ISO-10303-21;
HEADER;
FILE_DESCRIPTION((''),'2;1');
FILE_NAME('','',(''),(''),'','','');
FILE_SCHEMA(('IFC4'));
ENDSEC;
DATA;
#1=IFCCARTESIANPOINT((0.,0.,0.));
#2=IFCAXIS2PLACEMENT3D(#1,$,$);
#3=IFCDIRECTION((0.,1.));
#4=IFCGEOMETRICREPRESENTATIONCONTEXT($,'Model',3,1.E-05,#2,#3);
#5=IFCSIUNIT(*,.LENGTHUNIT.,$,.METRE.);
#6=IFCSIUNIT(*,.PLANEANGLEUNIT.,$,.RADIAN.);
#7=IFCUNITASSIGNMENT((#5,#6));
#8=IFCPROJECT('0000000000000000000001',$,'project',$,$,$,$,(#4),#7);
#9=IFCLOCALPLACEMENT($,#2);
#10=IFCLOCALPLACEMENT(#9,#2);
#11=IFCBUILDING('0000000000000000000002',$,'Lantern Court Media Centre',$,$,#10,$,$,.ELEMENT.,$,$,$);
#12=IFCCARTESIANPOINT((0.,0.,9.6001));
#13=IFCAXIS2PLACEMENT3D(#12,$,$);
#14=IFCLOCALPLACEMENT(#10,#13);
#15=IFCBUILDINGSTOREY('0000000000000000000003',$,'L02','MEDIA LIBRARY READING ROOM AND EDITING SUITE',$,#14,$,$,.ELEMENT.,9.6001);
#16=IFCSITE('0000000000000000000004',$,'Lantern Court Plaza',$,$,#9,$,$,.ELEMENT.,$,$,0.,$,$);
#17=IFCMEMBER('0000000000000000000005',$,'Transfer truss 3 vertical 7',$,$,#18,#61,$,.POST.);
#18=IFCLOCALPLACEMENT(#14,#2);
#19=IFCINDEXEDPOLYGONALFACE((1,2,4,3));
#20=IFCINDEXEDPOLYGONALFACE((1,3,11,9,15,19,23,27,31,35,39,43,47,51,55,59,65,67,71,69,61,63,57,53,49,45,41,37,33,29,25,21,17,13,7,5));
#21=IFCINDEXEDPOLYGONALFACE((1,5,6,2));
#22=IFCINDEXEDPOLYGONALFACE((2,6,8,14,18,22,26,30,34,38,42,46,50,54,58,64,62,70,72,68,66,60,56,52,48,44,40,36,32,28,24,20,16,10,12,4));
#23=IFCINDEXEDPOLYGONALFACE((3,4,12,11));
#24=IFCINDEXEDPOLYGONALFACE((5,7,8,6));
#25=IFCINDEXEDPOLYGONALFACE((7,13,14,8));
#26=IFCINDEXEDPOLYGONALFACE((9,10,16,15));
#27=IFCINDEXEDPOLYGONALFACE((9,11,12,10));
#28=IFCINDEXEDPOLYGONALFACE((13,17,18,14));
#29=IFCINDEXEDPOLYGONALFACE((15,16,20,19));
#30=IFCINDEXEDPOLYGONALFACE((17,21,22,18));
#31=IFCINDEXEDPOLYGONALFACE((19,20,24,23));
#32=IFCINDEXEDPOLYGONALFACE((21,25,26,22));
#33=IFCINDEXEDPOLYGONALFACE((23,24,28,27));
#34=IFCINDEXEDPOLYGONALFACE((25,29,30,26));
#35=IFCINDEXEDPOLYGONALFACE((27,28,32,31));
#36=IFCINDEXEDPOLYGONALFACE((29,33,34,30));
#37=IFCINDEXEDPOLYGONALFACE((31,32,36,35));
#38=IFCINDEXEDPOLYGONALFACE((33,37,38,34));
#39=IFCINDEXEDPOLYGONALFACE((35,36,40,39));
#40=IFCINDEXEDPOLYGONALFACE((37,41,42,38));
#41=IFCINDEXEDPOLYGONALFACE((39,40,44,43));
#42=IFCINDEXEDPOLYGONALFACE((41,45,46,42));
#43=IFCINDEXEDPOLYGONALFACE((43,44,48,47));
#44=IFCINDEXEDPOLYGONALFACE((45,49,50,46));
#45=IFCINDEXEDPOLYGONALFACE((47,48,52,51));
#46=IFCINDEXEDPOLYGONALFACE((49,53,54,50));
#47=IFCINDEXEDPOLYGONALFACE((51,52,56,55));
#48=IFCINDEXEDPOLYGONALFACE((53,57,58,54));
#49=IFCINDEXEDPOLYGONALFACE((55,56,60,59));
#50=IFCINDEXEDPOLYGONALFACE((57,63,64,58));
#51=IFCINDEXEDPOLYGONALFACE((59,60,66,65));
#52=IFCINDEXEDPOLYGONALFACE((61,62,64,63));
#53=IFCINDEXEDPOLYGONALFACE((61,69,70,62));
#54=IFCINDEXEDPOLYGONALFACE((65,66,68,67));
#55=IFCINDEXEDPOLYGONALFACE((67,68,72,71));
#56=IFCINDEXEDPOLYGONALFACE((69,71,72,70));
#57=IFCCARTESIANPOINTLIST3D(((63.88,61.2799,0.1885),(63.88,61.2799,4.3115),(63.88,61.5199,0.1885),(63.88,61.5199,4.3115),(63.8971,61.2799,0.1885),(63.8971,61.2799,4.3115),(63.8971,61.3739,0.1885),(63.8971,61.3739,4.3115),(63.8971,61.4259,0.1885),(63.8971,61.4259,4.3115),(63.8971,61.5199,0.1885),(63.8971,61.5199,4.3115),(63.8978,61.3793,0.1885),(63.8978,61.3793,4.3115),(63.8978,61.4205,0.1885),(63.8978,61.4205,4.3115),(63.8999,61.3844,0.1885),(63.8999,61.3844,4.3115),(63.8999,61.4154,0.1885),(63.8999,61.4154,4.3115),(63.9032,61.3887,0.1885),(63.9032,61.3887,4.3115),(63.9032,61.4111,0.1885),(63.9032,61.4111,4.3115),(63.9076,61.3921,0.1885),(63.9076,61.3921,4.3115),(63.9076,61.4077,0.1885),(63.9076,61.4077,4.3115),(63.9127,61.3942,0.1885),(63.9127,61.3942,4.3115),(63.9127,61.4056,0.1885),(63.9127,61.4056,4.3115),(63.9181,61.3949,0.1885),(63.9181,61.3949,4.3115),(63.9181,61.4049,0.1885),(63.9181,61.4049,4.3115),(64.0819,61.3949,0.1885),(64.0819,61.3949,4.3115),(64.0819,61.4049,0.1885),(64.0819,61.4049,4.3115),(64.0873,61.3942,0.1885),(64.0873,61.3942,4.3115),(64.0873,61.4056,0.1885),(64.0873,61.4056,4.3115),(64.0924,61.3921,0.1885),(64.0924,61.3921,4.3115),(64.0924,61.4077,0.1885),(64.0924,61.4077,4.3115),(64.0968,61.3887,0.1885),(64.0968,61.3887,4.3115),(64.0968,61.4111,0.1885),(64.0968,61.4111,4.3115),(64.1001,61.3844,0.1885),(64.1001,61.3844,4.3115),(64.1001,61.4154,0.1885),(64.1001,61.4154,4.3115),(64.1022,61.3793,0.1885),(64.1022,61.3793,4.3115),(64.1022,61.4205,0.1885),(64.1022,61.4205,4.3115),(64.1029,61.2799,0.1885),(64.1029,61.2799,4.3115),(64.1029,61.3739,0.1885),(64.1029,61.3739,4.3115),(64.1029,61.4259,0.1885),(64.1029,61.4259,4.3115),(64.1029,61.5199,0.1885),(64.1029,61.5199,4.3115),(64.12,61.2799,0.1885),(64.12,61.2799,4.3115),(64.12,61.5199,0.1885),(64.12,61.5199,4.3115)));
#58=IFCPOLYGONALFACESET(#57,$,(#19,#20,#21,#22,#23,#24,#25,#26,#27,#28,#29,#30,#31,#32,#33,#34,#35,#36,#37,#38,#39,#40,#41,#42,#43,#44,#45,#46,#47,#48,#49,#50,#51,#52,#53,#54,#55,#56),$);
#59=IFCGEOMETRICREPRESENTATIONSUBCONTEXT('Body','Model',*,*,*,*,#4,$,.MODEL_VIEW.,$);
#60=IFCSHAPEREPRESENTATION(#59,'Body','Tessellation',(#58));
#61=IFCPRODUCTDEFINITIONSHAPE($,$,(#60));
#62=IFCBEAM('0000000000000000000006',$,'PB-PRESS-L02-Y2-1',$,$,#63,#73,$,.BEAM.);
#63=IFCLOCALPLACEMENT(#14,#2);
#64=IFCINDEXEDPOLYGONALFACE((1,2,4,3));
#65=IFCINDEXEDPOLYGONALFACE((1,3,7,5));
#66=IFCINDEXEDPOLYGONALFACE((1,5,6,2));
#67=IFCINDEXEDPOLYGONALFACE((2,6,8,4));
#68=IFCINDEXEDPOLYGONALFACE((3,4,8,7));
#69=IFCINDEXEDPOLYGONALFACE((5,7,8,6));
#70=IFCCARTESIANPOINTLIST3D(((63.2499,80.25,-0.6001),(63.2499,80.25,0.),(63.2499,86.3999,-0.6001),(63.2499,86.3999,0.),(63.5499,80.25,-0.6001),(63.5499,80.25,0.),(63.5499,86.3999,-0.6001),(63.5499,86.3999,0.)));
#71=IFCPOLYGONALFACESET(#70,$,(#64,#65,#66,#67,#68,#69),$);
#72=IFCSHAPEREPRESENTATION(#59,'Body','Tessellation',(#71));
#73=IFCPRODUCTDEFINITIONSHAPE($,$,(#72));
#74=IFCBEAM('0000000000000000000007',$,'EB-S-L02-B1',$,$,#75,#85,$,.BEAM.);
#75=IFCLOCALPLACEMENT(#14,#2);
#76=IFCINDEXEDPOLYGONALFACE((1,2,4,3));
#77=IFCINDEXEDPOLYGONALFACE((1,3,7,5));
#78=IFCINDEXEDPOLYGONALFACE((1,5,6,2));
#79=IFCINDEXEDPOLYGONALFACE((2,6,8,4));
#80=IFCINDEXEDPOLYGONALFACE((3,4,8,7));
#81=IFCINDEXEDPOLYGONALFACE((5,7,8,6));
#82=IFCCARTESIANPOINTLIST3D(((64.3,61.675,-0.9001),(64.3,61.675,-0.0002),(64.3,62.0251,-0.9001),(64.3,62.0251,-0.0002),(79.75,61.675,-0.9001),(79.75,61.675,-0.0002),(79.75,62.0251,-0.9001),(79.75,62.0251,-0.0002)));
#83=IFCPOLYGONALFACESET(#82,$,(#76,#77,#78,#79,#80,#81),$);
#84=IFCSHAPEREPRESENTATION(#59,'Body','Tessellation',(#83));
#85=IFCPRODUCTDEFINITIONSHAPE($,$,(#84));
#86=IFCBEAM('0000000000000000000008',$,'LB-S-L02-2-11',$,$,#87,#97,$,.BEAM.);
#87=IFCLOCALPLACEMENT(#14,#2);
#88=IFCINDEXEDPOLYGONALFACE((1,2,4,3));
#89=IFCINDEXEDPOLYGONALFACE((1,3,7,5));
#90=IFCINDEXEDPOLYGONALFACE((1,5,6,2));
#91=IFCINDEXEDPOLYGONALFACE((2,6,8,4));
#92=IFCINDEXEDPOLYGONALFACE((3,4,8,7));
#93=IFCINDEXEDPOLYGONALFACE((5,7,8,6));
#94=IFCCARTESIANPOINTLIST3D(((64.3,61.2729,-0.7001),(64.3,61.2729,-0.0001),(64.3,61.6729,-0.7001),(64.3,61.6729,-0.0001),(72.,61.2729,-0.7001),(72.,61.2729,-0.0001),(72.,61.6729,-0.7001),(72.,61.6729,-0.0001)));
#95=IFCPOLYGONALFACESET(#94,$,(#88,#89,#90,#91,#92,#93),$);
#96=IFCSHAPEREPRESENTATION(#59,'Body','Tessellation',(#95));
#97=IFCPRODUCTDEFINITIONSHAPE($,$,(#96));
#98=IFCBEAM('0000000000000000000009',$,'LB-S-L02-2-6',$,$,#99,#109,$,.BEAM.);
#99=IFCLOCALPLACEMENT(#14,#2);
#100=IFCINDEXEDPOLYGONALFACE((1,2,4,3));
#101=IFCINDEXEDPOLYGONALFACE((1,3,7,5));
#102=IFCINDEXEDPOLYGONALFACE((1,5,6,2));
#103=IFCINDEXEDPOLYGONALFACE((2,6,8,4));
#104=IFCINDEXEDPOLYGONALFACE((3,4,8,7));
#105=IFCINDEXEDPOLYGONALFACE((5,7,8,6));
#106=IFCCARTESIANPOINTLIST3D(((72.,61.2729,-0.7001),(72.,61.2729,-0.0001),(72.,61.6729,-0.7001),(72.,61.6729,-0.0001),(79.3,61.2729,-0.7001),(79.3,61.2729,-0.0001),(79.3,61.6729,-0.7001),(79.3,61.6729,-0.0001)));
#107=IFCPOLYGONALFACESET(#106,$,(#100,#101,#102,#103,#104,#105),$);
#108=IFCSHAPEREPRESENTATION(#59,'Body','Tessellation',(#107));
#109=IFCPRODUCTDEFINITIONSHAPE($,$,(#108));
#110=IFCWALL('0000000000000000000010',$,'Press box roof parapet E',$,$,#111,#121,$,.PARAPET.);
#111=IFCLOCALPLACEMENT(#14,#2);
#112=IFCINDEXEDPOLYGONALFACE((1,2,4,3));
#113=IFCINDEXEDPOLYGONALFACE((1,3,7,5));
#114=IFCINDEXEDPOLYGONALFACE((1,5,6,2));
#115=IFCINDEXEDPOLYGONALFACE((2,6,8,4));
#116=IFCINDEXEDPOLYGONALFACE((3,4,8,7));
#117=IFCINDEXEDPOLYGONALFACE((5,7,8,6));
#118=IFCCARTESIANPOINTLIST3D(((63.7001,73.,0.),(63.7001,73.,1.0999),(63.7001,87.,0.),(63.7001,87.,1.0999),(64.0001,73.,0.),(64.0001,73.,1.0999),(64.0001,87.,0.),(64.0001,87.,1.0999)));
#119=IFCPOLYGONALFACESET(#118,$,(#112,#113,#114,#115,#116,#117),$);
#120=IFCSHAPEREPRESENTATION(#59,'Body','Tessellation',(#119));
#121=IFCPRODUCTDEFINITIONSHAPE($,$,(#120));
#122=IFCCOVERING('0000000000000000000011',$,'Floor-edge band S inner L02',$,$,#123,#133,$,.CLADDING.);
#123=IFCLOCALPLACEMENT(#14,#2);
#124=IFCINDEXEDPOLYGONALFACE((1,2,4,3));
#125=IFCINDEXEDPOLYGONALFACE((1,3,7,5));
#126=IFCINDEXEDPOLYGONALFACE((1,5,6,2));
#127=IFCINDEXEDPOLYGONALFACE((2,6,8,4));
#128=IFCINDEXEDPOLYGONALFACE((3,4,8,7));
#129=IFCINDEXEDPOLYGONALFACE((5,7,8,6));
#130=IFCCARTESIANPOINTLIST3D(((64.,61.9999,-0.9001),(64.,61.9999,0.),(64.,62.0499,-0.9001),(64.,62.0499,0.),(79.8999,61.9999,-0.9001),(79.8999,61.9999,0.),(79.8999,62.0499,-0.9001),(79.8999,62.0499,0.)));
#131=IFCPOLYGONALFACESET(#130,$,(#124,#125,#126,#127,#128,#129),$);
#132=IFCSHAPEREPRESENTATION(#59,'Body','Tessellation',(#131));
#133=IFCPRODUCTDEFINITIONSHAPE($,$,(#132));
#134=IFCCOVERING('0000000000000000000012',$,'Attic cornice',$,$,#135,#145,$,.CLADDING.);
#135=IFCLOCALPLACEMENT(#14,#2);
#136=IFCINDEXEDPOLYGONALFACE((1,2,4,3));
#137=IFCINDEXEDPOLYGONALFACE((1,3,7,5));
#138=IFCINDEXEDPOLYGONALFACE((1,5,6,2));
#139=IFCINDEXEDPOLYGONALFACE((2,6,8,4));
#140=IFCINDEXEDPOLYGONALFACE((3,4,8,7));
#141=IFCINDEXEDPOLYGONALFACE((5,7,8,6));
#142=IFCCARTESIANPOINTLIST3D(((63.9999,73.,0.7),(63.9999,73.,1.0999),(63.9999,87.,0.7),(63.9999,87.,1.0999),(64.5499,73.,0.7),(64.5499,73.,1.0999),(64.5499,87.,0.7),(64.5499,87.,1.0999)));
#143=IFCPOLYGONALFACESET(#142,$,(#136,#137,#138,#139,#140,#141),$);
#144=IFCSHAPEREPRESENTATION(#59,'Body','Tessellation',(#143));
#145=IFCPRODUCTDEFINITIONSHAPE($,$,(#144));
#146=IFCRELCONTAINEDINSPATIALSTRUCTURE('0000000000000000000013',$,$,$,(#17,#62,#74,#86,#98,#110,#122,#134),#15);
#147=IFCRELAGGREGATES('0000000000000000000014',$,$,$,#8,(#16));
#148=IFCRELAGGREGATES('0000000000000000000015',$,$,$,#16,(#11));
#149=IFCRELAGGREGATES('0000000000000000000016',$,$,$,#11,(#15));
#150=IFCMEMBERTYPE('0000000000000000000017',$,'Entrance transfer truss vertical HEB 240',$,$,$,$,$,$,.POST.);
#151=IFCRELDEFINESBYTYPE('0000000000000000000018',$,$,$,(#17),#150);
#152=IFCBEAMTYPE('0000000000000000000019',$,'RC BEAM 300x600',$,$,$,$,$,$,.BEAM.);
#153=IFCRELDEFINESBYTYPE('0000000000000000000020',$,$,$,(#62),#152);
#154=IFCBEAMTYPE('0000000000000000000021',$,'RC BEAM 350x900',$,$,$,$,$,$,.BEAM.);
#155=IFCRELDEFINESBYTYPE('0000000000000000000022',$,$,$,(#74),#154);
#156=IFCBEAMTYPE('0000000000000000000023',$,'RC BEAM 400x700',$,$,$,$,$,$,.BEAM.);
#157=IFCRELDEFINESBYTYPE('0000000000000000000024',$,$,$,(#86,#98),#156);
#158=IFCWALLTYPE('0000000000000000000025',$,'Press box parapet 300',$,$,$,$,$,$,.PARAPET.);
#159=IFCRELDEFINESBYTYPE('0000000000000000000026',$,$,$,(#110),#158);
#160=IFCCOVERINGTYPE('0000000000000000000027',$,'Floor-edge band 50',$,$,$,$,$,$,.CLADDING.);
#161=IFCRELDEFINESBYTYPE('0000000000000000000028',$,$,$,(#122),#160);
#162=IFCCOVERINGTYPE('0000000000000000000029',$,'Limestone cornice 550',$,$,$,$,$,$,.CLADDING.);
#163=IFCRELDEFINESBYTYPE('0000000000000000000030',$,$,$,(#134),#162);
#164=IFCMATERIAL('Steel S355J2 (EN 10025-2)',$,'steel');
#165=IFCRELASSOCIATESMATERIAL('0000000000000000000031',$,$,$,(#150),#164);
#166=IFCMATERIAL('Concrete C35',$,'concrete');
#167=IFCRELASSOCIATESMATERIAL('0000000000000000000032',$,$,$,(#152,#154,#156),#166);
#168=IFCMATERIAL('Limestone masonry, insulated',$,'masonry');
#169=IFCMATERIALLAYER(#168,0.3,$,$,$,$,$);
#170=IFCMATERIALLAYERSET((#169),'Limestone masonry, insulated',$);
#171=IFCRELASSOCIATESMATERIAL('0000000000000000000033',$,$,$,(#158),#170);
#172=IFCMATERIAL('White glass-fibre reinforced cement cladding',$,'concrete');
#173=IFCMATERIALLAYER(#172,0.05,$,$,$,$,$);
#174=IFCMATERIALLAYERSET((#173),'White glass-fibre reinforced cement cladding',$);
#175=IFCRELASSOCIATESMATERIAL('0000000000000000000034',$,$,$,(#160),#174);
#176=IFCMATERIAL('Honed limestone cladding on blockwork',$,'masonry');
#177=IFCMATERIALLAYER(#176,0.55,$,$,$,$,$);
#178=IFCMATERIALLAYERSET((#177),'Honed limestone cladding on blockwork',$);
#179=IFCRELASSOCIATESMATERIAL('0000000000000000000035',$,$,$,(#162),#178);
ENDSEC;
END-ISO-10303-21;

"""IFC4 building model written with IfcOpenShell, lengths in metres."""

from ifc_helpers import new_model, si_unit, direction, frame, frame_2d, origin, origin_2d, place, context, subcontext, project, spatial, rectangle, i_section, extrude, material, layer, layer_set, material_profile, profile_set, type_object, element, save


model = new_model("IFC4")

# Units and contexts
model_context = context("Model", 3, precision=1e-05, world=origin(), true_north=direction((0.0, 1.0)))
body_context = subcontext(model_context, "Body", "Model", "MODEL_VIEW")
ifc_project = project(units=[si_unit("LENGTHUNIT", "METRE"), si_unit("PLANEANGLEUNIT", "RADIAN")], contexts=[model_context])

# Site, building, storey
site_placement = place(None, origin())
site = spatial("IfcSite", under=ifc_project, at=site_placement, Name="Lantern Court Plaza", CompositionType="ELEMENT", RefElevation=0.0)
building_placement = place(site_placement, origin())
building = spatial("IfcBuilding", under=site, at=building_placement, Name="Lantern Court Media Centre", CompositionType="ELEMENT")
storey_placement = place(building_placement, frame((0.0, 0.0, 9.6001)))
storey = spatial("IfcBuildingStorey", under=building, at=storey_placement, Name="L02", Description="MEDIA LIBRARY READING ROOM AND EDITING SUITE", CompositionType="ELEMENT", Elevation=9.6001)

# Shared definitions
ifc_material_1 = material(Name="Concrete C35", Category="concrete")

# Member
ifc_material_2 = material(Name="Steel S355J2 (EN 10025-2)", Category="steel")
ifc_material_profile_1 = material_profile(ifc_material_2, i_section(OverallWidth=0.24, OverallDepth=0.24, WebThickness=0.01, FlangeThickness=0.0171, FilletRadius=0.021, at=origin_2d()), Name="HEB 240")
ifc_profile_set_1 = profile_set([ifc_material_profile_1], Name="Steel S355J2 (EN 10025-2)")
member_type_1 = type_object("IfcMemberType", Name="Entrance transfer truss vertical HEB 240", PredefinedType="POST", material=ifc_profile_set_1)
for number, where, z_axis, x_axis, name in (
    (1, (64.0, 61.3999, 0.1885), (0.0, 0.0, 1.0), (0.0, 1.0, 0.0), "Transfer truss 3 vertical 7"),
):
    element("IfcMember", number, at=place(storey_placement, frame(where, z_axis=z_axis, x_axis=x_axis)), inside=storey, type_object=member_type_1, Name=name, PredefinedType="POST", context=body_context, shape_type="SweptSolid", body=[
        extrude(i_section(OverallWidth=0.24, OverallDepth=0.24, WebThickness=0.01, FlangeThickness=0.0171, FilletRadius=0.021, at=origin_2d()), origin(), (0.0, 0.0, 1.0), 4.123),
    ])

# Beams
ifc_material_profile_2 = material_profile(ifc_material_1, rectangle(XDim=0.3, YDim=0.6001, at=origin_2d()), Name="RC 300x600")
ifc_profile_set_2 = profile_set([ifc_material_profile_2], Name="Concrete C35")
beam_type_1 = type_object("IfcBeamType", Name="RC BEAM 300x600", PredefinedType="BEAM", material=ifc_profile_set_2)
beam_1_placement = place(storey_placement, frame((63.3999, 80.25, -0.3), z_axis=(0.0, 1.0, 0.0), x_axis=(-1.0, 0.0, 0.0)))
element("IfcBeam", 2, at=beam_1_placement, inside=storey, type_object=beam_type_1, Name="PB-PRESS-L02-Y2-1", PredefinedType="BEAM", context=body_context, shape_type="SweptSolid", body=[
    extrude(rectangle(XDim=0.3, YDim=0.6001, at=origin_2d()), origin(), (0.0, 0.0, 1.0), 6.1499),
])
ifc_material_profile_3 = material_profile(ifc_material_1, rectangle(XDim=0.3501, YDim=0.8999, at=origin_2d()), Name="RC 350x900")
ifc_profile_set_3 = profile_set([ifc_material_profile_3], Name="Concrete C35")
beam_type_2 = type_object("IfcBeamType", Name="RC BEAM 350x900", PredefinedType="BEAM", material=ifc_profile_set_3)
beam_2_placement = place(storey_placement, frame((64.3, 61.8501, -0.4502), z_axis=(1.0, 0.0, 0.0), x_axis=(0.0, 1.0, 0.0)))
element("IfcBeam", 3, at=beam_2_placement, inside=storey, type_object=beam_type_2, Name="EB-S-L02-B1", PredefinedType="BEAM", context=body_context, shape_type="SweptSolid", body=[
    extrude(rectangle(XDim=0.3501, YDim=0.8999, at=origin_2d()), origin(), (0.0, 0.0, 1.0), 15.45),
])
ifc_material_profile_4 = material_profile(ifc_material_1, rectangle(XDim=0.3999, YDim=0.7, at=origin_2d()), Name="RC 400x700")
ifc_profile_set_4 = profile_set([ifc_material_profile_4], Name="Concrete C35")
beam_type_3 = type_object("IfcBeamType", Name="RC BEAM 400x700", PredefinedType="BEAM", material=ifc_profile_set_4)
beam_3_placement = place(storey_placement, frame((64.3, 61.4729, -0.3501), z_axis=(1.0, 0.0, 0.0), x_axis=(0.0, 1.0, 0.0)))
element("IfcBeam", 4, at=beam_3_placement, inside=storey, type_object=beam_type_3, Name="LB-S-L02-2-11", PredefinedType="BEAM", context=body_context, shape_type="SweptSolid", body=[
    extrude(rectangle(XDim=0.3999, YDim=0.7, at=origin_2d()), origin(), (0.0, 0.0, 1.0), 7.7),
])
beam_4_placement = place(storey_placement, frame((72.0, 61.4729, -0.3501), z_axis=(1.0, 0.0, 0.0), x_axis=(0.0, 1.0, 0.0)))
element("IfcBeam", 5, at=beam_4_placement, inside=storey, type_object=beam_type_3, Name="LB-S-L02-2-6", PredefinedType="BEAM", context=body_context, shape_type="SweptSolid", body=[
    extrude(rectangle(XDim=0.3999, YDim=0.7, at=origin_2d()), origin(), (0.0, 0.0, 1.0), 7.3),
])

# Wall
ifc_material_3 = material(Name="Limestone masonry, insulated", Category="masonry")
ifc_layer_1 = layer(ifc_material_3, 0.3)
ifc_layer_set_1 = layer_set([ifc_layer_1], Name="Limestone masonry, insulated")
wall_type = type_object("IfcWallType", Name="Press box parapet 300", PredefinedType="PARAPET", material=ifc_layer_set_1)
wall_placement = place(storey_placement, frame((63.8501, 73.0, 0.0), z_axis=(0.0, 0.0, 1.0), x_axis=(0.0, 1.0, 0.0)))
element("IfcWall", 6, at=wall_placement, inside=storey, type_object=wall_type, Name="Press box roof parapet E", PredefinedType="PARAPET", context=body_context, shape_type="SweptSolid", body=[
    extrude(rectangle(XDim=14.0, YDim=0.3, at=frame_2d((7.0, 0.0))), origin(), (0.0, 0.0, 1.0), 1.0999),
])

# Covering
ifc_material_4 = material(Name="White glass-fibre reinforced cement cladding", Category="concrete")
ifc_layer_2 = layer(ifc_material_4, 0.05)
ifc_layer_set_2 = layer_set([ifc_layer_2], Name="White glass-fibre reinforced cement cladding")
covering_type_1 = type_object("IfcCoveringType", Name="Floor-edge band 50", PredefinedType="CLADDING", material=ifc_layer_set_2)
covering_1_placement = place(storey_placement, frame((64.0, 62.0249, -0.9001), z_axis=(0.0, 0.0, 1.0), x_axis=(1.0, 0.0, 0.0)))
element("IfcCovering", 7, at=covering_1_placement, inside=storey, type_object=covering_type_1, Name="Floor-edge band S inner L02", PredefinedType="CLADDING", context=body_context, shape_type="SweptSolid", body=[
    extrude(rectangle(XDim=15.8999, YDim=0.05, at=frame_2d((7.95, 0.0))), origin(), (0.0, 0.0, 1.0), 0.9001),
])

# Covering
ifc_material_5 = material(Name="Honed limestone cladding on blockwork", Category="masonry")
ifc_layer_3 = layer(ifc_material_5, 0.55)
ifc_layer_set_3 = layer_set([ifc_layer_3], Name="Honed limestone cladding on blockwork")
covering_type_2 = type_object("IfcCoveringType", Name="Limestone cornice 550", PredefinedType="CLADDING", material=ifc_layer_set_3)
covering_2_placement = place(storey_placement, frame((64.2749, 73.0, 0.7), z_axis=(0.0, 0.0, 1.0), x_axis=(0.0, 1.0, 0.0)))
element("IfcCovering", 8, at=covering_2_placement, inside=storey, type_object=covering_type_2, Name="Attic cornice", PredefinedType="CLADDING", context=body_context, shape_type="SweptSolid", body=[
    extrude(rectangle(XDim=14.0, YDim=0.55, at=frame_2d((7.0, 0.0))), origin(), (0.0, 0.0, 1.0), 0.3999),
])

save(model, "model.ifc")
